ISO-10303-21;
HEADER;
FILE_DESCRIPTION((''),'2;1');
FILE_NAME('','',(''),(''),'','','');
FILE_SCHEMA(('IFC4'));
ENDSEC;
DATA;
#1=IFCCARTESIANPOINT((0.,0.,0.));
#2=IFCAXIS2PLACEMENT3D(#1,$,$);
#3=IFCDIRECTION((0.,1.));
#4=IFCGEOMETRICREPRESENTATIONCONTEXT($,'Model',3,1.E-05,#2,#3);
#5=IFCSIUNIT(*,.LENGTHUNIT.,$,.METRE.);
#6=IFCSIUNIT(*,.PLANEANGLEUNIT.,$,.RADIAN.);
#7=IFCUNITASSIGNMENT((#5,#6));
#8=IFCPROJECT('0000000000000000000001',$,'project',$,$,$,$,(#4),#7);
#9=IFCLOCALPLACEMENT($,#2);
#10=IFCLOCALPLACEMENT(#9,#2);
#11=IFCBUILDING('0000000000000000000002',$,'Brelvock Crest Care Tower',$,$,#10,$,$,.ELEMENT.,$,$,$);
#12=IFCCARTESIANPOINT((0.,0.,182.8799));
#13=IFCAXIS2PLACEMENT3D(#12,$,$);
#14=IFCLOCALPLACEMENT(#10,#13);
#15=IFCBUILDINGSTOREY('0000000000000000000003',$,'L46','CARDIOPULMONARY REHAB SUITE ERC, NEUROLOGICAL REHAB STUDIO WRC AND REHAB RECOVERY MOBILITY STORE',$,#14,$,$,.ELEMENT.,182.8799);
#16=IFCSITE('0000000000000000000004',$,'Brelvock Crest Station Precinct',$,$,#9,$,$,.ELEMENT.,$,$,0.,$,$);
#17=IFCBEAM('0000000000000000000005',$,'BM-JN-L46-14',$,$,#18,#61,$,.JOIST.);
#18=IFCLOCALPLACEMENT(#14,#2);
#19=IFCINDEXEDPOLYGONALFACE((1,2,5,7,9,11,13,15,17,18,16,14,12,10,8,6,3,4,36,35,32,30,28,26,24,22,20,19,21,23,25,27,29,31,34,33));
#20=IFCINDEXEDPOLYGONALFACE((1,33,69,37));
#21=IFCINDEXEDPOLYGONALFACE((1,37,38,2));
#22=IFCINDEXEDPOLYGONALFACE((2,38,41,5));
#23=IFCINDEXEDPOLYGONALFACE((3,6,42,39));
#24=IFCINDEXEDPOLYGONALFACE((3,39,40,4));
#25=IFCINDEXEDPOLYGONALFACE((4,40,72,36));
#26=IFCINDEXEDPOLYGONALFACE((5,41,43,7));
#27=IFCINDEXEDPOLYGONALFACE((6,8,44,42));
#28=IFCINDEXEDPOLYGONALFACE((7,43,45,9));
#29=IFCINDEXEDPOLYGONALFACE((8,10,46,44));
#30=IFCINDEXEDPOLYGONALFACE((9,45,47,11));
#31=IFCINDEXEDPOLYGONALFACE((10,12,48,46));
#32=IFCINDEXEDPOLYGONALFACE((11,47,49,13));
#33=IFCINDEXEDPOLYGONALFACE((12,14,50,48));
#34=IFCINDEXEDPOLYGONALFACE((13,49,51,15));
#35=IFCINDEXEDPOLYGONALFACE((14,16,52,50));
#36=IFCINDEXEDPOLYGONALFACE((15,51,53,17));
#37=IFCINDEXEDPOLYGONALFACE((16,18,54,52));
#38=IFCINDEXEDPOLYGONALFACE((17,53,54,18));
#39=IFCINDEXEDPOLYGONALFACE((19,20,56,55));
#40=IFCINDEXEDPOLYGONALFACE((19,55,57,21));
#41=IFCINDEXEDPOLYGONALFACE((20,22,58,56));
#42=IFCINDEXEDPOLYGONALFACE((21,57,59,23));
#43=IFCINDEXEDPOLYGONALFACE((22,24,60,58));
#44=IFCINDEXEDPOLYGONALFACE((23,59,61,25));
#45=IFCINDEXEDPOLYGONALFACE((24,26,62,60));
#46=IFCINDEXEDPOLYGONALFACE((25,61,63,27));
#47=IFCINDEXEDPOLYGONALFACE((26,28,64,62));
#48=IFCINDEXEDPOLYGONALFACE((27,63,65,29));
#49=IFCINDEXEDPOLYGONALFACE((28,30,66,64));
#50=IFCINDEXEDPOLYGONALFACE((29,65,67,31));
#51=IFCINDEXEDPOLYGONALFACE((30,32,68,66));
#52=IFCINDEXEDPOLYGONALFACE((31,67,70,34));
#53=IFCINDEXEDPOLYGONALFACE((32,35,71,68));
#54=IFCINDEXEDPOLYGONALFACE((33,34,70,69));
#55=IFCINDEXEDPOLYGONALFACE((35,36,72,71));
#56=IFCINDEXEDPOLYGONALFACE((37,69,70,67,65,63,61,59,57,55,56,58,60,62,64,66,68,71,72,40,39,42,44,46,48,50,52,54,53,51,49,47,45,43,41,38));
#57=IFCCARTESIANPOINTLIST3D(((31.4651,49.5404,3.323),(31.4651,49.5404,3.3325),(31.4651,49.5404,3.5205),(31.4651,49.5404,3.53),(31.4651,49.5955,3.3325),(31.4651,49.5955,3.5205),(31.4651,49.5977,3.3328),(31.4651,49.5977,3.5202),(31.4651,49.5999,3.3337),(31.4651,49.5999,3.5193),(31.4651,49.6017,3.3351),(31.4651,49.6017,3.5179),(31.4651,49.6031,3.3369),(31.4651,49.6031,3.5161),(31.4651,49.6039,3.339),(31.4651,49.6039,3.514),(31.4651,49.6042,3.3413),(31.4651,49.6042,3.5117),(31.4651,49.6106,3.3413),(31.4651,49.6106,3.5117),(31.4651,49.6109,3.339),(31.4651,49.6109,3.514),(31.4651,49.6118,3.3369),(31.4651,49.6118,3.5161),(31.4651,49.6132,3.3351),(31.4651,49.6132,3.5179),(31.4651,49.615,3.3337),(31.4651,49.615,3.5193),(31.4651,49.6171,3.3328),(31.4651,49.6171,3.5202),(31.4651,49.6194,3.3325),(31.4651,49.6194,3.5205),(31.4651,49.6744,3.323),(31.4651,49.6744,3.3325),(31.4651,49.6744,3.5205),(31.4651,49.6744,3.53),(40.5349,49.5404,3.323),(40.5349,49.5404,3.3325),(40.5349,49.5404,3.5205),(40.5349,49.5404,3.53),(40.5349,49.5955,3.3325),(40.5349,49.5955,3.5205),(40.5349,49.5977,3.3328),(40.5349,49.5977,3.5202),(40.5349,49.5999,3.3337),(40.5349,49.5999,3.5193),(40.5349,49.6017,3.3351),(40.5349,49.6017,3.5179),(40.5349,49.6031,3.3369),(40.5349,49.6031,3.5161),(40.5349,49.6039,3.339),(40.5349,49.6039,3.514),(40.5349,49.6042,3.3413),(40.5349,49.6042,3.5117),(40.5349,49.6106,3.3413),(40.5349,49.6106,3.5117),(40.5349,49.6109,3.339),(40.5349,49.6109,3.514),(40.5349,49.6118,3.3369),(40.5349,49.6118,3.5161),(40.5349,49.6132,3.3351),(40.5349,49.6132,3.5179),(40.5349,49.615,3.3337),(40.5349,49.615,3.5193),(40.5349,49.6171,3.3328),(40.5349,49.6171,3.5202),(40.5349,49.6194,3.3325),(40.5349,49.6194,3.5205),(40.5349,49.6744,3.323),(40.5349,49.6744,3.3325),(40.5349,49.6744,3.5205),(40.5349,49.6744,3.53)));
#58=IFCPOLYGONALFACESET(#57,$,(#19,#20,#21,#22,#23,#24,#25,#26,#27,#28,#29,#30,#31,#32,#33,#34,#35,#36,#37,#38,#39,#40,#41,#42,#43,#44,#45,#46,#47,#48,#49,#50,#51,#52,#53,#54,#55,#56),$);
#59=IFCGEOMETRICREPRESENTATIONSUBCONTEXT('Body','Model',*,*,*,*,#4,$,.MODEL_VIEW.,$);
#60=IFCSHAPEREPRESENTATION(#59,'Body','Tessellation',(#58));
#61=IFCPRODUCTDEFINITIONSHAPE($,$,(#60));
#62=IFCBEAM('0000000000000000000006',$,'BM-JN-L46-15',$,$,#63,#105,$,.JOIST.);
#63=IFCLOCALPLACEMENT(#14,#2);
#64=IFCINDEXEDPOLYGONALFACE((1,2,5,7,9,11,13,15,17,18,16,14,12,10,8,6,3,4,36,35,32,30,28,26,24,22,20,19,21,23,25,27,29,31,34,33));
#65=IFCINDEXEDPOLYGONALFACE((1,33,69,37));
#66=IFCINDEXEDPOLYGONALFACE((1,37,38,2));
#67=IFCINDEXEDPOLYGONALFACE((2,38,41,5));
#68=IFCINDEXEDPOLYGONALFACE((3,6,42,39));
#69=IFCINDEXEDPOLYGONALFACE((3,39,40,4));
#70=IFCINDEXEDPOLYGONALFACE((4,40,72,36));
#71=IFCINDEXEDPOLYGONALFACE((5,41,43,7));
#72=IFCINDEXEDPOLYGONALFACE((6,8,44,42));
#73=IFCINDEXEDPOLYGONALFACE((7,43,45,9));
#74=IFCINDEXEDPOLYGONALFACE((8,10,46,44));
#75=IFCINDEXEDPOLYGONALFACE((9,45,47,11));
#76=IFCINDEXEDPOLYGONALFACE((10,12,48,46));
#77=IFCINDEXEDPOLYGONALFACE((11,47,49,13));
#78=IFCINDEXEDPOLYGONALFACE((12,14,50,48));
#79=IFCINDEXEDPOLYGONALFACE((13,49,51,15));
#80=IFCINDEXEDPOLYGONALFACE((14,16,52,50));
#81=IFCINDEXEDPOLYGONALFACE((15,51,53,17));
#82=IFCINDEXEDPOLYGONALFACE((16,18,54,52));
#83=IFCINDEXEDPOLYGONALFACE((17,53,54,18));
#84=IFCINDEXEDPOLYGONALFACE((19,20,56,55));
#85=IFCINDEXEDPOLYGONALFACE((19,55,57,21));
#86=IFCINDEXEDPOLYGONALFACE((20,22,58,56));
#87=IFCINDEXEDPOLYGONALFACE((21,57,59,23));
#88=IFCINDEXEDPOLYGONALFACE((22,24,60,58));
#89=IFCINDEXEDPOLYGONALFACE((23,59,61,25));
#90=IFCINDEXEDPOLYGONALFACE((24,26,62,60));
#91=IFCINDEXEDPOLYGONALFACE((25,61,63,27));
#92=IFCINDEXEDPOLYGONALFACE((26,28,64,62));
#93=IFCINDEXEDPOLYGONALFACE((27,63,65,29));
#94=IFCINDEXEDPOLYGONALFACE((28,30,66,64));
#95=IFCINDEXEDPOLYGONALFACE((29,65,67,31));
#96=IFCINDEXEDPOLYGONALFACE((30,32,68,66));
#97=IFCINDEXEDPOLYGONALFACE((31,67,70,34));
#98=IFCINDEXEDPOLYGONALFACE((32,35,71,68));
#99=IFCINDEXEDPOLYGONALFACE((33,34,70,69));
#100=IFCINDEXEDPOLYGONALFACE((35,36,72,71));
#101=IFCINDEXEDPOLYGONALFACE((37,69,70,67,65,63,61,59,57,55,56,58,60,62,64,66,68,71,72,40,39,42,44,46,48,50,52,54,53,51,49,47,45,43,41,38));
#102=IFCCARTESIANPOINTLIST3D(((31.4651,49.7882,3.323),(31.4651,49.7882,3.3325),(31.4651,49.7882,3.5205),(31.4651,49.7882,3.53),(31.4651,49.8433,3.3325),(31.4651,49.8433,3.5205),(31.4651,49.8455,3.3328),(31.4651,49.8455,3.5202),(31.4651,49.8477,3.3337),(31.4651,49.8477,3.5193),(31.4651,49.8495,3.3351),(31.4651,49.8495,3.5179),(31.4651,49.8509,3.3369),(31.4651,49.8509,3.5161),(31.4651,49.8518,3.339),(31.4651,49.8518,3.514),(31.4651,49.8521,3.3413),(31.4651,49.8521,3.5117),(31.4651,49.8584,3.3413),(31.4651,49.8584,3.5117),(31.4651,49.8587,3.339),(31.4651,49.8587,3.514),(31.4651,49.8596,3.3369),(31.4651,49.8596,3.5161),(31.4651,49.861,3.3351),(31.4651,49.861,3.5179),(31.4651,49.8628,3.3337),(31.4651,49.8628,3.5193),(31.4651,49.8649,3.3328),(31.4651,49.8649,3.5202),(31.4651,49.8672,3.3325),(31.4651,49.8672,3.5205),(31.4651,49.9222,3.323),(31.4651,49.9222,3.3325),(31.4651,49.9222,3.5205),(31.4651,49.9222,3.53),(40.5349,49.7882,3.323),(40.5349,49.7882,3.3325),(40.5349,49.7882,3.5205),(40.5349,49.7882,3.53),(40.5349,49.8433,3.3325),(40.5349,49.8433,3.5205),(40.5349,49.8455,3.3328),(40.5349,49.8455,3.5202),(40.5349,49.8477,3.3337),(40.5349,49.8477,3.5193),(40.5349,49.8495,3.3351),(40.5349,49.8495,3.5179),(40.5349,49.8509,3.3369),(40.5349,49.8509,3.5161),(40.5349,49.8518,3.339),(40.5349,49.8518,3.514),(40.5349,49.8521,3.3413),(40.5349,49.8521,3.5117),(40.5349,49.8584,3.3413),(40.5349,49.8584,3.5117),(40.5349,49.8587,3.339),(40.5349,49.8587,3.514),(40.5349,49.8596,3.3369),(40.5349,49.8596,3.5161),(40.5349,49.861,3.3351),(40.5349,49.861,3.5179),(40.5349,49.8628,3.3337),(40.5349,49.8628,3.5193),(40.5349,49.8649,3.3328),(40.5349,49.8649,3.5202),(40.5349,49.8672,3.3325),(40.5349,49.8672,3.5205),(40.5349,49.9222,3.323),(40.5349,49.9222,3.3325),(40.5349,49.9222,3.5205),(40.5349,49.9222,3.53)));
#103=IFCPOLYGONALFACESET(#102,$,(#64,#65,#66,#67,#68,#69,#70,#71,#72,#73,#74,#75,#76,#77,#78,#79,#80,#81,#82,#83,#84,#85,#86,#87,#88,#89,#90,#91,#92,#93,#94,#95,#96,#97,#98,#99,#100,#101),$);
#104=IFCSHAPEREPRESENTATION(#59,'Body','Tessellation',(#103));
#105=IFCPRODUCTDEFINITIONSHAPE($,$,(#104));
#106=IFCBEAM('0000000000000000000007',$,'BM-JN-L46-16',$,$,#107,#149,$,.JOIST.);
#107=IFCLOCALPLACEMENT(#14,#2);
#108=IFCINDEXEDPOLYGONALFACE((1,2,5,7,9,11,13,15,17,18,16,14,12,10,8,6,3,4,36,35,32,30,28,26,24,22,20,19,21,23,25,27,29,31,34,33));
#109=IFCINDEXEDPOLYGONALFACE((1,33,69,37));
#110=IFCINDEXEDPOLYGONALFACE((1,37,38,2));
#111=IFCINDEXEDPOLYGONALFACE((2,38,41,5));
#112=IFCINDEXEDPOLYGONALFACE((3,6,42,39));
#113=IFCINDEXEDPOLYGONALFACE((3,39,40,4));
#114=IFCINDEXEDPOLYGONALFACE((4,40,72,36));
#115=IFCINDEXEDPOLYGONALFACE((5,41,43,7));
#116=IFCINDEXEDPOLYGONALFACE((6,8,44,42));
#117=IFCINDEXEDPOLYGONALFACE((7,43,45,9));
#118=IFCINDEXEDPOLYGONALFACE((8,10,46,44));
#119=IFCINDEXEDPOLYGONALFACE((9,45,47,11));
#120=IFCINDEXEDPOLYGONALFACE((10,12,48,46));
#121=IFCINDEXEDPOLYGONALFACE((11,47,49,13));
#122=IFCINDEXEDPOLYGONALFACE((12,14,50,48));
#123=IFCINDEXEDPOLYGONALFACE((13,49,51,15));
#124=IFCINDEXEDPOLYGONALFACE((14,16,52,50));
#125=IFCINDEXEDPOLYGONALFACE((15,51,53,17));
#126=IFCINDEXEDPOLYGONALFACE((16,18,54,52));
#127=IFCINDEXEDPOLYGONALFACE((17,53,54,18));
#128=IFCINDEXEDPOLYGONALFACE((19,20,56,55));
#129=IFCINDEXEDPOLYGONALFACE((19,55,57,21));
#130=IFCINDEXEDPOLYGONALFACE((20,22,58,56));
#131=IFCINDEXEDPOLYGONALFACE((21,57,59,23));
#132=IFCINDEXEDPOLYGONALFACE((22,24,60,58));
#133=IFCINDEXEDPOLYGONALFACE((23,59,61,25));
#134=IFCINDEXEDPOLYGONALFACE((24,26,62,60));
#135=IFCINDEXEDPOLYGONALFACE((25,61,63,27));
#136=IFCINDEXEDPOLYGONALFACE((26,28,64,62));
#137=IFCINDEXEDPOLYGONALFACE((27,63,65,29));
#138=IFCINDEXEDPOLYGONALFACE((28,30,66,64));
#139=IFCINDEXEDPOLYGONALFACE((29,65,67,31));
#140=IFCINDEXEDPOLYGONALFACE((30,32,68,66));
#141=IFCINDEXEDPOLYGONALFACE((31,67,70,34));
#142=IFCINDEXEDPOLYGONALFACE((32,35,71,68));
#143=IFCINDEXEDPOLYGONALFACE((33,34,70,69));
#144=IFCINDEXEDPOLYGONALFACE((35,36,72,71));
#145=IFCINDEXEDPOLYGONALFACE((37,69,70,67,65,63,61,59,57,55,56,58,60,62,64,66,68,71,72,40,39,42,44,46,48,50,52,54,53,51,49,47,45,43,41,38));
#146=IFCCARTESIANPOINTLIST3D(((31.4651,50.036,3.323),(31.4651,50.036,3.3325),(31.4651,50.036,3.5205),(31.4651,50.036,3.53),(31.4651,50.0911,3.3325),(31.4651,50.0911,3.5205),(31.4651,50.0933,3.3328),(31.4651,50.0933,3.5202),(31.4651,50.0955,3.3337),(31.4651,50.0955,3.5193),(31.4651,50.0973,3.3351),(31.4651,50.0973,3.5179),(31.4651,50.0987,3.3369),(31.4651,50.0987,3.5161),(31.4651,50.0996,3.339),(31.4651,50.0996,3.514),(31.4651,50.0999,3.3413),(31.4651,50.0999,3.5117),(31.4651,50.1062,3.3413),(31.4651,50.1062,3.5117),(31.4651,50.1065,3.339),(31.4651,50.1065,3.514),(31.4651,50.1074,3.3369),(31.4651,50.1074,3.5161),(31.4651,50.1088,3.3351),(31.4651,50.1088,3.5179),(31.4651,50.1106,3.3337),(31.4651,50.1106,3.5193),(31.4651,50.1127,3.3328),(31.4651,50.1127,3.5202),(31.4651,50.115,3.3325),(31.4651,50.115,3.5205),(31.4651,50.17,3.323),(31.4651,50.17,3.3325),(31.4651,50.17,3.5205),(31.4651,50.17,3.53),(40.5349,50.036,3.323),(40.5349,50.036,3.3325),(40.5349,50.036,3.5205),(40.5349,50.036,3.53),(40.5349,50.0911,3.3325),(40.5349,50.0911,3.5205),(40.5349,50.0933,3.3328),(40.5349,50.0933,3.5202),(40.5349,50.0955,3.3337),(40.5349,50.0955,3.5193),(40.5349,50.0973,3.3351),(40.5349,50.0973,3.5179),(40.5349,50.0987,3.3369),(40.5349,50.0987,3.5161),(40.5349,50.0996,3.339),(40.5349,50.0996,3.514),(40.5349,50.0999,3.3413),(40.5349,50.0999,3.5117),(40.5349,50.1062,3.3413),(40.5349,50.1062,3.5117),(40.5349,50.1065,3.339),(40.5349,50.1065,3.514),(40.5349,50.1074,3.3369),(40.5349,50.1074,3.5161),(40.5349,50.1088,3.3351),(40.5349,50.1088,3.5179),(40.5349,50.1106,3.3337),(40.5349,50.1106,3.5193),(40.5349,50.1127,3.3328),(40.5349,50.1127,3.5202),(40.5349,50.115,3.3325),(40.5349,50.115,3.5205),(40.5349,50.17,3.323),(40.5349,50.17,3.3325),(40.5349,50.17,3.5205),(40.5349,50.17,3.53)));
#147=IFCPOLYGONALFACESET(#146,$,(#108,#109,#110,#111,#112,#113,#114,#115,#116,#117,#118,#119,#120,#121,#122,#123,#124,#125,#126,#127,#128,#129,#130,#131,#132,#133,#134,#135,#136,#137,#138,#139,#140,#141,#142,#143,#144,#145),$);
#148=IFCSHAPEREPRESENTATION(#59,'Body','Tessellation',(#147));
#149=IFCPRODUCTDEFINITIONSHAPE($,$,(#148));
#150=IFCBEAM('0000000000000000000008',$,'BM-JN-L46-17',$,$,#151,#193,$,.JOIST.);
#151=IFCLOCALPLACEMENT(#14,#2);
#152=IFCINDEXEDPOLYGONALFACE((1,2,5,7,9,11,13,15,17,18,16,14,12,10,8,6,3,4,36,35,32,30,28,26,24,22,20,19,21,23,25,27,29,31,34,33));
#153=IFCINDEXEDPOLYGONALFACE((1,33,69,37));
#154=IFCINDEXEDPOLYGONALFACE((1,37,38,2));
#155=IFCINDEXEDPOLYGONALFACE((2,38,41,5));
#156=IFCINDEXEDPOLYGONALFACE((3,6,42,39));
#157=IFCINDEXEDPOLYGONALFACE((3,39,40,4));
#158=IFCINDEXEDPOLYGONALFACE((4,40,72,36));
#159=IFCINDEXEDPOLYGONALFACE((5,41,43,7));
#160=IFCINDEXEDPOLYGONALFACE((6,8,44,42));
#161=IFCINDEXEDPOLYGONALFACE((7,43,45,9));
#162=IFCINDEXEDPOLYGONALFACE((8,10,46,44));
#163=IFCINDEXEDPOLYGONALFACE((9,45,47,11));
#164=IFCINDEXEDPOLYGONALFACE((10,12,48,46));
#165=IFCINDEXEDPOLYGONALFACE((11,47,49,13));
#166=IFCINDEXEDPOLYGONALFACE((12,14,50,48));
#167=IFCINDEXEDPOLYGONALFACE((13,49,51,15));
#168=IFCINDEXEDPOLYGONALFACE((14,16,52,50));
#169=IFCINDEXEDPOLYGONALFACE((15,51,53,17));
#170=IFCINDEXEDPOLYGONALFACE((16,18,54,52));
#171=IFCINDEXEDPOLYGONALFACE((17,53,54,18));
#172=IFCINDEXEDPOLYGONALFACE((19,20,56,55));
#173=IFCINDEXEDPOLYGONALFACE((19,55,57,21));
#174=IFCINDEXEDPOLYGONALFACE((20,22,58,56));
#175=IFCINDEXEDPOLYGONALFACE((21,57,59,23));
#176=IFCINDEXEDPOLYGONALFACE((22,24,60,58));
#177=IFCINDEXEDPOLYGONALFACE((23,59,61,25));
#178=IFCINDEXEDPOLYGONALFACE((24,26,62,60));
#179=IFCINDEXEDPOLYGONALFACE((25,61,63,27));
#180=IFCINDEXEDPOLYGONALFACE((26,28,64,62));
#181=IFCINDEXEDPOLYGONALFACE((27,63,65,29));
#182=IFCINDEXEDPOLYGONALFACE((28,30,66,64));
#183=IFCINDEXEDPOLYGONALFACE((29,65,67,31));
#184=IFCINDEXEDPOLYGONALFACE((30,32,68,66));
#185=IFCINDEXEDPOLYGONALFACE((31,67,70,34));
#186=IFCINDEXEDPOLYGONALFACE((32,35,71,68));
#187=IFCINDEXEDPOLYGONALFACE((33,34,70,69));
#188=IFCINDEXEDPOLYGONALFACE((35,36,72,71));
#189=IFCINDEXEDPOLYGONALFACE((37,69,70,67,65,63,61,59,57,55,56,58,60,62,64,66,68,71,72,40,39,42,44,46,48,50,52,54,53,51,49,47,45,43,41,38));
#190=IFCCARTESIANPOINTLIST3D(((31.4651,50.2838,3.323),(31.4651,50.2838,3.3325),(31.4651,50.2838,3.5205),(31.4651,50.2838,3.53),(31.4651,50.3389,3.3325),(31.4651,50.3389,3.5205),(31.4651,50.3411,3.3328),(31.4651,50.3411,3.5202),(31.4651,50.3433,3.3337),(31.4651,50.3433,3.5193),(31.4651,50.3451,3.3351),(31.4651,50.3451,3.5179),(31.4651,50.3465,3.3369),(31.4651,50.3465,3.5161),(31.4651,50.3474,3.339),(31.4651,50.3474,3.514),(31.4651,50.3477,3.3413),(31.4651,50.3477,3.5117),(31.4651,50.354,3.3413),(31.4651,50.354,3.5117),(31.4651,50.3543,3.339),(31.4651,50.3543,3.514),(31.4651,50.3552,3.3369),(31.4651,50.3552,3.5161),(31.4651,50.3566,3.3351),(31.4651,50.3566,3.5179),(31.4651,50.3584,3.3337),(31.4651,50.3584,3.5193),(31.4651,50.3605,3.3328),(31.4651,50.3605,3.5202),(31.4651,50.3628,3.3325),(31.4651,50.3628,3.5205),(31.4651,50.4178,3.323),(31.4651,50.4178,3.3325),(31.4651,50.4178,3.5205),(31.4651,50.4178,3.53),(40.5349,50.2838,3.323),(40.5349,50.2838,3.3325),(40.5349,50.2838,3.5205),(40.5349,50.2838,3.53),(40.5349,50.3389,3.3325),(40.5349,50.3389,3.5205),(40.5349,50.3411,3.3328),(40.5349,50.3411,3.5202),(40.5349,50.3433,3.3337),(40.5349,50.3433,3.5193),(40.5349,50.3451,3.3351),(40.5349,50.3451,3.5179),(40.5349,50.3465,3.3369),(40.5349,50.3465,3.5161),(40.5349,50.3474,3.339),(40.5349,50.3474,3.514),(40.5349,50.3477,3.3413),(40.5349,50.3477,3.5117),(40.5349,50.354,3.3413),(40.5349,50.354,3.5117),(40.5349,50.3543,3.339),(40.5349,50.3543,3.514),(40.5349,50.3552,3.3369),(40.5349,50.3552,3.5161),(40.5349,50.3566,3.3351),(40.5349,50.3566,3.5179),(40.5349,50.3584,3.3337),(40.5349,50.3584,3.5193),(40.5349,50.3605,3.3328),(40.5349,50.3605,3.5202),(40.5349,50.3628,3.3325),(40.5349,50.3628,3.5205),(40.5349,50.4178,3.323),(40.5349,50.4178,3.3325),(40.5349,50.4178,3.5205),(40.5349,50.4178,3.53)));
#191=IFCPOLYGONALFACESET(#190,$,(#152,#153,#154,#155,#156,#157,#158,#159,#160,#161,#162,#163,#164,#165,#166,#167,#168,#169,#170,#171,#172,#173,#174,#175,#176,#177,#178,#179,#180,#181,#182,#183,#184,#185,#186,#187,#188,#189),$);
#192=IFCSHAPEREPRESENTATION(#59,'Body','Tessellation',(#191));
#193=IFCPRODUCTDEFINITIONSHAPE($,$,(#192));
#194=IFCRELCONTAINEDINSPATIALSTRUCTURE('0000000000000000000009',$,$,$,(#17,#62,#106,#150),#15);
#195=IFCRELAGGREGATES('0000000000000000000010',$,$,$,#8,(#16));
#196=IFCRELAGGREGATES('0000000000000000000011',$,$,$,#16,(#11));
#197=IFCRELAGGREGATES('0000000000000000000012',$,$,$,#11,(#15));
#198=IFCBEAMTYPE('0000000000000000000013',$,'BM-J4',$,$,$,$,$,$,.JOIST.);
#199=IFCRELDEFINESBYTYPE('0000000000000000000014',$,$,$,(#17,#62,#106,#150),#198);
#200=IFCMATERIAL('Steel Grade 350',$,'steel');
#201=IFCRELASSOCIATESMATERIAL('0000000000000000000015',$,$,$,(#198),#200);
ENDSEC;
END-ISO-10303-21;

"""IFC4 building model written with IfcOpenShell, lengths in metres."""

from ifc_helpers import new_model, si_unit, direction, frame, origin, origin_2d, place, context, subcontext, project, spatial, i_section, extrude, source, transform, mapped, material, material_profile, profile_set, type_object, element, save


model = new_model("IFC4")

# Units and contexts
model_context = context("Model", 3, precision=1e-05, world=origin(), true_north=direction((0.0, 1.0)))
body_context = subcontext(model_context, "Body", "Model", "MODEL_VIEW")
ifc_project = project(units=[si_unit("LENGTHUNIT", "METRE"), si_unit("PLANEANGLEUNIT", "RADIAN")], contexts=[model_context])

# Site, building, storey
site_placement = place(None, origin())
site = spatial("IfcSite", under=ifc_project, at=site_placement, Name="Brelvock Crest Station Precinct", CompositionType="ELEMENT", RefElevation=0.0)
building_placement = place(site_placement, origin())
building = spatial("IfcBuilding", under=site, at=building_placement, Name="Brelvock Crest Care Tower", CompositionType="ELEMENT")
storey_placement = place(building_placement, frame((0.0, 0.0, 182.8799)))
storey = spatial("IfcBuildingStorey", under=building, at=storey_placement, Name="L46", Description="CARDIOPULMONARY REHAB SUITE ERC, NEUROLOGICAL REHAB STUDIO WRC AND REHAB RECOVERY MOBILITY STORE", CompositionType="ELEMENT", Elevation=182.8799)

# Shared definitions
ifc_material_1 = material(Name="Steel Grade 350", Category="steel")

# Beams
ifc_material_profile_1 = material_profile(ifc_material_1, i_section(OverallWidth=0.134, OverallDepth=0.207, WebThickness=0.0063, FlangeThickness=0.0095, FilletRadius=0.0088, at=origin_2d()), Name="200UB29.8")
ifc_profile_set_1 = profile_set([ifc_material_profile_1], Name="Steel Grade 350")
beam_type_1 = type_object("IfcBeamType", Name="BM-J4", PredefinedType="JOIST", material=ifc_profile_set_1)
shared_shape_1 = source(origin(), body_context, "Body", "SweptSolid", [
    extrude(i_section(OverallWidth=0.134, OverallDepth=0.207, WebThickness=0.0063, FlangeThickness=0.0095, FilletRadius=0.0088, at=origin_2d()), origin(), (0.0, 0.0, 1.0), 9.0698),
])
for number, where, z_axis, x_axis, name in (
    (1, (31.4651, 49.6074, 3.4265), (1.0, 0.0, 0.0), (0.0, 1.0, 0.0), "BM-JN-L46-14"),
    (2, (31.4651, 49.8552, 3.4265), (1.0, 0.0, 0.0), (0.0, 1.0, 0.0), "BM-JN-L46-15"),
    (3, (31.4651, 50.103, 3.4265), (1.0, 0.0, 0.0), (0.0, 1.0, 0.0), "BM-JN-L46-16"),
    (4, (31.4651, 50.3508, 3.4265), (1.0, 0.0, 0.0), (0.0, 1.0, 0.0), "BM-JN-L46-17"),
):
    element("IfcBeam", number, at=place(storey_placement, frame(where, z_axis=z_axis, x_axis=x_axis)), inside=storey, type_object=beam_type_1, Name=name, PredefinedType="JOIST", context=body_context, shape_type="MappedRepresentation", body=[
        mapped(shared_shape_1, transform((0.0, 0.0, 0.0), x_axis=(1.0, 0.0, 0.0), y_axis=(0.0, 1.0, 0.0), z_axis=(0.0, 0.0, 1.0), scale=1.0)),
    ])

save(model, "model.ifc")
